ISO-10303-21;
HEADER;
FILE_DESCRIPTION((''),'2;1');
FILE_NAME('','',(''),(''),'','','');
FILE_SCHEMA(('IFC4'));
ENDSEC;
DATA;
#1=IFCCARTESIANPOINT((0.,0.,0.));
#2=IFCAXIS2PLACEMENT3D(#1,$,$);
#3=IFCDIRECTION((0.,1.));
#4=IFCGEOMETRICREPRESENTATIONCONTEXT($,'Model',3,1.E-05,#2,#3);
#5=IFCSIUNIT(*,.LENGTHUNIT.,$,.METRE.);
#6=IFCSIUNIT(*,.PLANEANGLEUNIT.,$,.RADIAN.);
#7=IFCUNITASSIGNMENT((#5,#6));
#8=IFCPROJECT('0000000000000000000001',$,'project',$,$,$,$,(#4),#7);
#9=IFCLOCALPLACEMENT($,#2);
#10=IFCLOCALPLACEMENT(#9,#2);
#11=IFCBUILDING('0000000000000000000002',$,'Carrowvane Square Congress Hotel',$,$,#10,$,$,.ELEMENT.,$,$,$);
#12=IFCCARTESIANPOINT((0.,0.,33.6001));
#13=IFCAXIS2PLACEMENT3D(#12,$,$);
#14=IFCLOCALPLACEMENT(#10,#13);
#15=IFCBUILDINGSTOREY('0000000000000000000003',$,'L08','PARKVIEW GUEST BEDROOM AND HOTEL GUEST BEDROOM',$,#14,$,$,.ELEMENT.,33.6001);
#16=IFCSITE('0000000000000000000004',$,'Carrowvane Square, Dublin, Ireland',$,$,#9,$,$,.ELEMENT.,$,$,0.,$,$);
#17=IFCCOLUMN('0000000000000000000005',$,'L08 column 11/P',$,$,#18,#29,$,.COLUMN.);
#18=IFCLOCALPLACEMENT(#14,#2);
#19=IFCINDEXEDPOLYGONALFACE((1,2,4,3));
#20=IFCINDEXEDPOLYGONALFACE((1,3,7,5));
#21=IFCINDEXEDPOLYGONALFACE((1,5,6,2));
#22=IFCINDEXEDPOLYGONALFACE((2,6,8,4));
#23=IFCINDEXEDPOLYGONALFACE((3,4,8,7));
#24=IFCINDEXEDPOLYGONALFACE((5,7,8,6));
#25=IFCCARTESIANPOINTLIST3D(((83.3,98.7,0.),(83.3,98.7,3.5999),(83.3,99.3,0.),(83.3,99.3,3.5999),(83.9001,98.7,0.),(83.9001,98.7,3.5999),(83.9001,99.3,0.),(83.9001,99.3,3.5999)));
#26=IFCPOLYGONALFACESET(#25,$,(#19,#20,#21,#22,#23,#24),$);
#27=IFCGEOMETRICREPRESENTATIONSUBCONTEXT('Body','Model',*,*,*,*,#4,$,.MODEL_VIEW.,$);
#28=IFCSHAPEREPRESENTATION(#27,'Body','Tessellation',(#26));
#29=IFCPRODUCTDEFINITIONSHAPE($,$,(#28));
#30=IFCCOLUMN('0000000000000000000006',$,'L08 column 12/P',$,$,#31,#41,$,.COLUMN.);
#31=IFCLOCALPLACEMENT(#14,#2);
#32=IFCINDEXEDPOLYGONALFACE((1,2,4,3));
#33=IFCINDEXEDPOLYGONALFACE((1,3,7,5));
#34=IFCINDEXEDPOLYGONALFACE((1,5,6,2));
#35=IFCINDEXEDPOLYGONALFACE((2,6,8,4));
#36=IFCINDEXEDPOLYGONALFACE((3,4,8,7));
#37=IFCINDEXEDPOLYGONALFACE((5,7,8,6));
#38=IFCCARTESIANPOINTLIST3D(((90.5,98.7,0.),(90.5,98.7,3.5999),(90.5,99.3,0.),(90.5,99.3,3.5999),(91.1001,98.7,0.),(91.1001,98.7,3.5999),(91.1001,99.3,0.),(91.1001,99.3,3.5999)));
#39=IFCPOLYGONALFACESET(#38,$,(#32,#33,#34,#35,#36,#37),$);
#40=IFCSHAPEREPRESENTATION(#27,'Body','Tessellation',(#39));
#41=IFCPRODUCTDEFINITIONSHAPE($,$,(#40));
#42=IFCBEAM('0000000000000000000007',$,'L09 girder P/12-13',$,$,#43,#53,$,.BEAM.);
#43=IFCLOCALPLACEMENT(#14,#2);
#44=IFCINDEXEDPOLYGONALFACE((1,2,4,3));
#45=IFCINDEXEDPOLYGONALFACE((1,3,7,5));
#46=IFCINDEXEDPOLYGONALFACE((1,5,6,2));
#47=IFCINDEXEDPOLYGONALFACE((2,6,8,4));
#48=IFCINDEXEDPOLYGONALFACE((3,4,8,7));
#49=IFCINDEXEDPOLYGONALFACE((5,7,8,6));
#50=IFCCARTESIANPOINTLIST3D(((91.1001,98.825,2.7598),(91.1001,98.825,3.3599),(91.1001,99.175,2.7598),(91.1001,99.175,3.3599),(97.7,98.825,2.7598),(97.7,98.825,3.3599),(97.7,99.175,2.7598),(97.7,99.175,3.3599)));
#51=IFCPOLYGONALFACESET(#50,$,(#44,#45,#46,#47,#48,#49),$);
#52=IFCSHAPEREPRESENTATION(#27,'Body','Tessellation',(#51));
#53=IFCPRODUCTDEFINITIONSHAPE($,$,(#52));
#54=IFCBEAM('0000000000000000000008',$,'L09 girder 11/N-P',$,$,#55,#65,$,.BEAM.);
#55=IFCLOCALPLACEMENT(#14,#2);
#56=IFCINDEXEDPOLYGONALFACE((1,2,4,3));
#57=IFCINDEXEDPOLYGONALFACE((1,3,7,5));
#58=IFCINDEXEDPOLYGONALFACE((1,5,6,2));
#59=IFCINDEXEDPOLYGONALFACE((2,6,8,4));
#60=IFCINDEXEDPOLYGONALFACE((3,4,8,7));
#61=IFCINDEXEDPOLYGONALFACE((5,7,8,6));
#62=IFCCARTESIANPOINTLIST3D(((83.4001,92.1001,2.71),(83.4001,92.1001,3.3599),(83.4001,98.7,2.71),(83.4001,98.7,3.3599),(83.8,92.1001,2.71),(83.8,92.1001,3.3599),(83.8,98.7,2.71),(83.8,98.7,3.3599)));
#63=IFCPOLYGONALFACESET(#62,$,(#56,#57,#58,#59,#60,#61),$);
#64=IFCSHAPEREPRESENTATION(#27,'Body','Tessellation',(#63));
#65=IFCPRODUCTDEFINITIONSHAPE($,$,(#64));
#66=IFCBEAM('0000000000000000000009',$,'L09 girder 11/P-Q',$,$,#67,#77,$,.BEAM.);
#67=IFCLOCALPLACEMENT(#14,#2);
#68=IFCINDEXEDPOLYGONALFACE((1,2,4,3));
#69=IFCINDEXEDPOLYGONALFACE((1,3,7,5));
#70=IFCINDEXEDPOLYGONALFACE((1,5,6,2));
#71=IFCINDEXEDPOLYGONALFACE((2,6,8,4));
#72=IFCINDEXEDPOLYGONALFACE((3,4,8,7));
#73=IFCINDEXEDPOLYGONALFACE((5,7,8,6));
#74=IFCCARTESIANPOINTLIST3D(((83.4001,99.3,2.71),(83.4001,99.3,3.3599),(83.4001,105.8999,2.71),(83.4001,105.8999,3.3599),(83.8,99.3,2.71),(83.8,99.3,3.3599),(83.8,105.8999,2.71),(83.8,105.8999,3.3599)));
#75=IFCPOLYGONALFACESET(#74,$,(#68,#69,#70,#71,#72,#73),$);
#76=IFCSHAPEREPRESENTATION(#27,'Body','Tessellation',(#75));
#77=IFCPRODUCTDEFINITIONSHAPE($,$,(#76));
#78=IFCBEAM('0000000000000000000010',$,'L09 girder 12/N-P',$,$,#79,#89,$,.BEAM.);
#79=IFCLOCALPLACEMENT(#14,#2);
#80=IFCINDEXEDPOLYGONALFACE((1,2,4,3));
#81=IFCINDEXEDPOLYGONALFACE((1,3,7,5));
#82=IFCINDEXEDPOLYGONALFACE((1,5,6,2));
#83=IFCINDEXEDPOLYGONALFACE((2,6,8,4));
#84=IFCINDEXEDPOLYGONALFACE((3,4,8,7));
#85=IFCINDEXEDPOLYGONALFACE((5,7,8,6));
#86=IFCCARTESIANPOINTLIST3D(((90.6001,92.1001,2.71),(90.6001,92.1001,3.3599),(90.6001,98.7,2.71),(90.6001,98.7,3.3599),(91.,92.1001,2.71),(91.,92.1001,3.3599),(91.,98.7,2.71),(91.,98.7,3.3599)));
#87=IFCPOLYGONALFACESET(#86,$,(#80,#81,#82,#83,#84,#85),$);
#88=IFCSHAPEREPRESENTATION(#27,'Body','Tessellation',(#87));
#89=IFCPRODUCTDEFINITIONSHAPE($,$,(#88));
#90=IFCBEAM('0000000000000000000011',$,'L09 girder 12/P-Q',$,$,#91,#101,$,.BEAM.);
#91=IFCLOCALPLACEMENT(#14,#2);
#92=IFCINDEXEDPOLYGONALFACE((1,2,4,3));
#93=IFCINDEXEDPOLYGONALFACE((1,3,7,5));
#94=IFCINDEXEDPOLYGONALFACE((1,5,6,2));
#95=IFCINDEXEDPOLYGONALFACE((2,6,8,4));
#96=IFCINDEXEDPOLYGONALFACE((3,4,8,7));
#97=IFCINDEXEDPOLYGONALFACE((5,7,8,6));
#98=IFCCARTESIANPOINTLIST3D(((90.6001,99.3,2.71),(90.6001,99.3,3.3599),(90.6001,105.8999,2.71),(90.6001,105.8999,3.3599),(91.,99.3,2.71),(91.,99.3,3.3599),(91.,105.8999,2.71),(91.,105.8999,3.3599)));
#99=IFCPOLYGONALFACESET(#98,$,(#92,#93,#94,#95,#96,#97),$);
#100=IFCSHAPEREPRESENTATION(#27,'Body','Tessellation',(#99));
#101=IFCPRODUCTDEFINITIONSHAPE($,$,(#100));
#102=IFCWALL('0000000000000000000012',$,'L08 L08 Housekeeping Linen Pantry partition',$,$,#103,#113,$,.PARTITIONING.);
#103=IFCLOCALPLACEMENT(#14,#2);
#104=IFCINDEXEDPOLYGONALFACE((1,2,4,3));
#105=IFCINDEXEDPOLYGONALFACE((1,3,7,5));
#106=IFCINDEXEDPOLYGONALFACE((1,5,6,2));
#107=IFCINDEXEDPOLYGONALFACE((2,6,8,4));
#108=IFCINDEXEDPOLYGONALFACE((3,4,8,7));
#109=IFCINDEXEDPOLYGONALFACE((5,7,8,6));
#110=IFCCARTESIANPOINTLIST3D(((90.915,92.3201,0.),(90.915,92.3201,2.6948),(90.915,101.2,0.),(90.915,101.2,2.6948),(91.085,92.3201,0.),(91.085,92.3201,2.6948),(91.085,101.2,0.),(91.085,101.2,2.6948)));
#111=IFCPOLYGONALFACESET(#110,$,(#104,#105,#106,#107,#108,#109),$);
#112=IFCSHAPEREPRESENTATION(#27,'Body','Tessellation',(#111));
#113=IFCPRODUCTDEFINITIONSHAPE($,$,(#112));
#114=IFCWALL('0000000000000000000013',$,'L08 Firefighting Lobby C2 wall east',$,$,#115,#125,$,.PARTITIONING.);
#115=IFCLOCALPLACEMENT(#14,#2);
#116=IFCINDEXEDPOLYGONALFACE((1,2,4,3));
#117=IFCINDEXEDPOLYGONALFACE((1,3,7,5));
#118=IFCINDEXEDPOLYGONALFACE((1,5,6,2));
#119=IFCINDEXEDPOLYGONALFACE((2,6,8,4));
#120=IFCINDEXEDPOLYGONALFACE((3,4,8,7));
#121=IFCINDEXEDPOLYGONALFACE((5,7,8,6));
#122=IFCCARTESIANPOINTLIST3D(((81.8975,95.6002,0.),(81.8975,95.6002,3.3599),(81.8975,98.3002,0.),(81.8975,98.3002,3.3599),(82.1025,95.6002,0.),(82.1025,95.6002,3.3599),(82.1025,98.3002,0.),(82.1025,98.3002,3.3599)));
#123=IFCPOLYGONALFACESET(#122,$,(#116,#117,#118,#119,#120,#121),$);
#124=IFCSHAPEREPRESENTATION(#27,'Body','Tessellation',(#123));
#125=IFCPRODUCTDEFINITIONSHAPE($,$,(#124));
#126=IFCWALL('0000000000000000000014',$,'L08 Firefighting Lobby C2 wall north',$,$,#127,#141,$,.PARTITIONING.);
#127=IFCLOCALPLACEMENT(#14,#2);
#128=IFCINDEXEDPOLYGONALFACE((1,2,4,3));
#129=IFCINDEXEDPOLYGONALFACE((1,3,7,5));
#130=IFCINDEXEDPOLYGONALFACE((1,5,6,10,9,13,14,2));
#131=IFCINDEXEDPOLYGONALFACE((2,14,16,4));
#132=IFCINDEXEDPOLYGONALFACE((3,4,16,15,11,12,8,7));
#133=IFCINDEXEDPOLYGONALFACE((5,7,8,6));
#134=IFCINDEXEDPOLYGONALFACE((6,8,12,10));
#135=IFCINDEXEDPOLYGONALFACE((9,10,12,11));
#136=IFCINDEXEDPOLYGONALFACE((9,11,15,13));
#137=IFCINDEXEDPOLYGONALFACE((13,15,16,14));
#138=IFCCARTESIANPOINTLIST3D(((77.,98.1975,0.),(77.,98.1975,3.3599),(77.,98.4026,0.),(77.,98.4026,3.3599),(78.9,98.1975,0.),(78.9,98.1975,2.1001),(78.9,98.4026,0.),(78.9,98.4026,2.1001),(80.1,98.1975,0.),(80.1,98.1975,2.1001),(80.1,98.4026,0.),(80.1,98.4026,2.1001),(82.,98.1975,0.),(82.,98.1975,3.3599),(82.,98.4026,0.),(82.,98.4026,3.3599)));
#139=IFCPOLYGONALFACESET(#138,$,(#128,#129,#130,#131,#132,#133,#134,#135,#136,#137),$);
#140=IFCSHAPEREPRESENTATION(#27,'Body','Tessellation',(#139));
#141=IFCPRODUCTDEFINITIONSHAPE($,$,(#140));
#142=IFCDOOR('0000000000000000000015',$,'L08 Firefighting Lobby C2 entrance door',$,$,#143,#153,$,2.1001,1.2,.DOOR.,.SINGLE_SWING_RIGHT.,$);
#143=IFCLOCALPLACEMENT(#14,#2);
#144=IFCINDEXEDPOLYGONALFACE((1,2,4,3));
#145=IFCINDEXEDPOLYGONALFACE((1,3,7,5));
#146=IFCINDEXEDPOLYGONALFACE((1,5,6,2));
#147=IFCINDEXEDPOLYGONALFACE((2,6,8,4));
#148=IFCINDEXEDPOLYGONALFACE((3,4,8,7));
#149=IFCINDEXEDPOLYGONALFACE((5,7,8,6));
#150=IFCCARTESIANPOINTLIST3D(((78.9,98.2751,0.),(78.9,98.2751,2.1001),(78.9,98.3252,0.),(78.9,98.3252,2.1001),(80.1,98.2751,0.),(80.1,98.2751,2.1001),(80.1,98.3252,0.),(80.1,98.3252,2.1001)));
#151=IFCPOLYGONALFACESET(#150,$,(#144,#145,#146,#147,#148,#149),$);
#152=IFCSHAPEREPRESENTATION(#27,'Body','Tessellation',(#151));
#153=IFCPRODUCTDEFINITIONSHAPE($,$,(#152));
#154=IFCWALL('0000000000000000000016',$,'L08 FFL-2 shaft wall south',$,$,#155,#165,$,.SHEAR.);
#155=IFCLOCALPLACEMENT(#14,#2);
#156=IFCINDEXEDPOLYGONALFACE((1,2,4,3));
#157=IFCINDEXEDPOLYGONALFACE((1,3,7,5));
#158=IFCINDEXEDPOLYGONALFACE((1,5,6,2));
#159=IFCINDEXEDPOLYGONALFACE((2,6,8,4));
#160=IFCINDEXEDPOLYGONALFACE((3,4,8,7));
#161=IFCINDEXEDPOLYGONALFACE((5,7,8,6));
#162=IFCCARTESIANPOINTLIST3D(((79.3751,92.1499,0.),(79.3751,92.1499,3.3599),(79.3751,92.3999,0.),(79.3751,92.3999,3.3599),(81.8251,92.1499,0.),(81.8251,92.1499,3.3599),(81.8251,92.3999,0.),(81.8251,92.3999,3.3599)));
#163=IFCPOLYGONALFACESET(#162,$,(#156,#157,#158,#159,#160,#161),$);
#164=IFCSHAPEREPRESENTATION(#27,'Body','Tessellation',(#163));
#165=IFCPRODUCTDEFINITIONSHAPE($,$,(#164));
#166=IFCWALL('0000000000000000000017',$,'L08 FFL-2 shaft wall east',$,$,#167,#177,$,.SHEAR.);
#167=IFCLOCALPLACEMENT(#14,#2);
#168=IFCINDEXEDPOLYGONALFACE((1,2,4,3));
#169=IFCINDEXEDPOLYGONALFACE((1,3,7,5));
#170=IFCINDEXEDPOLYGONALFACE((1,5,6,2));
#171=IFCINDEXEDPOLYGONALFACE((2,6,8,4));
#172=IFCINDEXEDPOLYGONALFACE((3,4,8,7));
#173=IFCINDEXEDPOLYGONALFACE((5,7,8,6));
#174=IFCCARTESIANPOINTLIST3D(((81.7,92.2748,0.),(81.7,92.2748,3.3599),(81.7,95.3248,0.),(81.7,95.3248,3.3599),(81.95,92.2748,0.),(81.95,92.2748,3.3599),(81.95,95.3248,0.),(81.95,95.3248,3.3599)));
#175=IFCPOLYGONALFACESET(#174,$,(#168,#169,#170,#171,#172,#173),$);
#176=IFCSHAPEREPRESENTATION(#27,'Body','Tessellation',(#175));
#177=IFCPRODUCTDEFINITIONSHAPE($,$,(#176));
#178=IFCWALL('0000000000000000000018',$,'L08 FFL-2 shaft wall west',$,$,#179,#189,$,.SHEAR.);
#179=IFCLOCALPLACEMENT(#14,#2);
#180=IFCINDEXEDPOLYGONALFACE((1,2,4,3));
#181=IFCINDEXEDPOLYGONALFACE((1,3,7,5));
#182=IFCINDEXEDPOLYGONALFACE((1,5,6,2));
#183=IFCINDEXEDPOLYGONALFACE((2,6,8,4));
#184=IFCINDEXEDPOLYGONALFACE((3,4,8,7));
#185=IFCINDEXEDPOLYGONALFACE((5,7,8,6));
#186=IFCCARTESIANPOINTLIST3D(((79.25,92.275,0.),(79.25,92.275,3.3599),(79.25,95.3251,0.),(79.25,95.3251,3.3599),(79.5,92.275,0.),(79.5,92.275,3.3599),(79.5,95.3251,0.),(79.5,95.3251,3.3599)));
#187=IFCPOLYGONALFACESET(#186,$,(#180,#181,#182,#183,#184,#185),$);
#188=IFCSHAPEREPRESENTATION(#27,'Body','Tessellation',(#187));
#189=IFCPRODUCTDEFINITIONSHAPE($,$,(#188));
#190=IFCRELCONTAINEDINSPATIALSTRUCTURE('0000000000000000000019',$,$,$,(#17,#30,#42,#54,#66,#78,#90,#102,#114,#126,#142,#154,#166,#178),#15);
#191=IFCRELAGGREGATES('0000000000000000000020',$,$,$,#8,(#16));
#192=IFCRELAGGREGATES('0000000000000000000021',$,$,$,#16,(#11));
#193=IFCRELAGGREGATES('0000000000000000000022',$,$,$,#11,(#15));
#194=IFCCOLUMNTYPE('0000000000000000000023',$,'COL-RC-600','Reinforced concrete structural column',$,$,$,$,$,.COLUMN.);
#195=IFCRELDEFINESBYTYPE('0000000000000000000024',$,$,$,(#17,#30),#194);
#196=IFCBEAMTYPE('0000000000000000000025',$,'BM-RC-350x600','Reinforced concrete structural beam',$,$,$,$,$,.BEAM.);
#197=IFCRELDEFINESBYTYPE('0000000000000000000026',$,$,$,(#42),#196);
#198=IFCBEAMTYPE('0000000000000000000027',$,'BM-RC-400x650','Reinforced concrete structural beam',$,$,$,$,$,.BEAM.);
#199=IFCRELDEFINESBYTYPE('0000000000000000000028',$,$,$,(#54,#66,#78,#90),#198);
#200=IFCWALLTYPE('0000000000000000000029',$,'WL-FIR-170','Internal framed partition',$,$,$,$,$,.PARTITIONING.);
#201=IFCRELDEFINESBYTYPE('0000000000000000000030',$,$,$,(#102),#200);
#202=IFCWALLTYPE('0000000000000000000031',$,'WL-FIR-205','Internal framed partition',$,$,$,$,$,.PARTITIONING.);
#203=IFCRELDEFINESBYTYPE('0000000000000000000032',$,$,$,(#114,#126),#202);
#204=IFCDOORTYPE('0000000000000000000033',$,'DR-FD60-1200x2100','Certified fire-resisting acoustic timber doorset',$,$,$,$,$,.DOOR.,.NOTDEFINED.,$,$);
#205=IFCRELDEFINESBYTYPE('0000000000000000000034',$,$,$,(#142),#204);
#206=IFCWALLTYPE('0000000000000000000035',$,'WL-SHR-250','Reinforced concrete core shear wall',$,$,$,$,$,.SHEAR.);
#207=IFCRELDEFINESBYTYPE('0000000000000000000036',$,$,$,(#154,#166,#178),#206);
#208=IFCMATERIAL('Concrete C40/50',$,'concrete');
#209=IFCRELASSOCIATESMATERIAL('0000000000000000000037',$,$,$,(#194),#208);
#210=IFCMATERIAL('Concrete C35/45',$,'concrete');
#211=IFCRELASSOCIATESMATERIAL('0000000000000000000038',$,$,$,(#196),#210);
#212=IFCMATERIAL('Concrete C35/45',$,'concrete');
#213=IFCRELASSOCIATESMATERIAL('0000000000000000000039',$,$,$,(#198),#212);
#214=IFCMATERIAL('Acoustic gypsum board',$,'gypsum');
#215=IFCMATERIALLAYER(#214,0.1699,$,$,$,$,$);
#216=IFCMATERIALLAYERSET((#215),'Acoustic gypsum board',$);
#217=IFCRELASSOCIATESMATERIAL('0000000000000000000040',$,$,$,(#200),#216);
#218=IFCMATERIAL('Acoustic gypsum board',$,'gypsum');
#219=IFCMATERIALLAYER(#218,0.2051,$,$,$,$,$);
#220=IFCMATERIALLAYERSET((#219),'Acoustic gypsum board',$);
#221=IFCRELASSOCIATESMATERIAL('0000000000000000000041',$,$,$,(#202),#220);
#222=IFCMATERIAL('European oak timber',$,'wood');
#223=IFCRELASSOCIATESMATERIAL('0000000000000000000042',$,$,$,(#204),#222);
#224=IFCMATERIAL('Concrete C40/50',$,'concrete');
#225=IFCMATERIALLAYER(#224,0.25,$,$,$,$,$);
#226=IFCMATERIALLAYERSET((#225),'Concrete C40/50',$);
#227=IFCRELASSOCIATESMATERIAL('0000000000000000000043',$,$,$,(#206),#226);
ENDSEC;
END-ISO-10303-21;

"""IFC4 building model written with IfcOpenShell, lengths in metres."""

from ifc_helpers import new_model, si_unit, direction, frame, frame_2d, origin, origin_2d, place, context, subcontext, project, spatial, rectangle, extrude, material, layer, layer_set, material_profile, profile_set, type_object, element, fill, save


model = new_model("IFC4")

# Units and contexts
model_context = context("Model", 3, precision=1e-05, world=origin(), true_north=direction((0.0, 1.0)))
body_context = subcontext(model_context, "Body", "Model", "MODEL_VIEW")
ifc_project = project(units=[si_unit("LENGTHUNIT", "METRE"), si_unit("PLANEANGLEUNIT", "RADIAN")], contexts=[model_context])

# Site, building, storey
site_placement = place(None, origin())
site = spatial("IfcSite", under=ifc_project, at=site_placement, Name="Carrowvane Square, Dublin, Ireland", CompositionType="ELEMENT", RefElevation=0.0)
building_placement = place(site_placement, origin())
building = spatial("IfcBuilding", under=site, at=building_placement, Name="Carrowvane Square Congress Hotel", CompositionType="ELEMENT")
storey_placement = place(building_placement, frame((0.0, 0.0, 33.6001)))
storey = spatial("IfcBuildingStorey", under=building, at=storey_placement, Name="L08", Description="PARKVIEW GUEST BEDROOM AND HOTEL GUEST BEDROOM", CompositionType="ELEMENT", Elevation=33.6001)

# Columns
ifc_material_1 = material(Name="Concrete C40/50", Category="concrete")
ifc_material_profile_1 = material_profile(ifc_material_1, rectangle(XDim=0.6001, YDim=0.6001, at=origin_2d()), Name="RC 600x600")
ifc_profile_set_1 = profile_set([ifc_material_profile_1], Name="Concrete C40/50")
column_type = type_object("IfcColumnType", Name="COL-RC-600", Description="Reinforced concrete structural column", PredefinedType="COLUMN", material=ifc_profile_set_1)
for number, where, z_axis, x_axis, name in (
    (1, (83.6001, 99.0, 0.0), (0.0, 0.0, 1.0), (1.0, 0.0, 0.0), "L08 column 11/P"),
    (2, (90.8, 99.0, 0.0), (0.0, 0.0, 1.0), (1.0, 0.0, 0.0), "L08 column 12/P"),
):
    element("IfcColumn", number, at=place(storey_placement, frame(where, z_axis=z_axis, x_axis=x_axis)), inside=storey, type_object=column_type, Name=name, PredefinedType="COLUMN", context=body_context, shape_type="SweptSolid", body=[
        extrude(rectangle(XDim=0.6001, YDim=0.6001, at=origin_2d()), origin(), (0.0, 0.0, 1.0), 3.5999),
    ])

# Beams
ifc_material_2 = material(Name="Concrete C35/45", Category="concrete")
ifc_material_profile_2 = material_profile(ifc_material_2, rectangle(XDim=0.3501, YDim=0.6001, at=origin_2d()), Name="RC 350x600")
ifc_profile_set_2 = profile_set([ifc_material_profile_2], Name="Concrete C35/45")
beam_type_1 = type_object("IfcBeamType", Name="BM-RC-350x600", Description="Reinforced concrete structural beam", PredefinedType="BEAM", material=ifc_profile_set_2)
beam_placement = place(storey_placement, frame((91.1001, 99.0, 3.0598), z_axis=(1.0, 0.0, 0.0), x_axis=(0.0, 1.0, 0.0)))
element("IfcBeam", 3, at=beam_placement, inside=storey, type_object=beam_type_1, Name="L09 girder P/12-13", PredefinedType="BEAM", context=body_context, shape_type="SweptSolid", body=[
    extrude(rectangle(XDim=0.3501, YDim=0.6001, at=origin_2d()), origin(), (0.0, 0.0, 1.0), 6.5999),
])
ifc_material_3 = material(Name="Concrete C35/45", Category="concrete")
ifc_material_profile_3 = material_profile(ifc_material_3, rectangle(XDim=0.3999, YDim=0.6499, at=origin_2d()), Name="RC 400x650")
ifc_profile_set_3 = profile_set([ifc_material_profile_3], Name="Concrete C35/45")
beam_type_2 = type_object("IfcBeamType", Name="BM-RC-400x650", Description="Reinforced concrete structural beam", PredefinedType="BEAM", material=ifc_profile_set_3)
for number, where, z_axis, x_axis, name in (
    (4, (83.6001, 92.1001, 3.0349), (0.0, 1.0, 0.0), (-1.0, 0.0, 0.0), "L09 girder 11/N-P"),
    (5, (83.6001, 99.3, 3.0349), (0.0, 1.0, 0.0), (-1.0, 0.0, 0.0), "L09 girder 11/P-Q"),
    (6, (90.8, 92.1001, 3.0349), (0.0, 1.0, 0.0), (-1.0, 0.0, 0.0), "L09 girder 12/N-P"),
    (7, (90.8, 99.3, 3.0349), (0.0, 1.0, 0.0), (-1.0, 0.0, 0.0), "L09 girder 12/P-Q"),
):
    element("IfcBeam", number, at=place(storey_placement, frame(where, z_axis=z_axis, x_axis=x_axis)), inside=storey, type_object=beam_type_2, Name=name, PredefinedType="BEAM", context=body_context, shape_type="SweptSolid", body=[
        extrude(rectangle(XDim=0.3999, YDim=0.6499, at=origin_2d()), origin(), (0.0, 0.0, 1.0), 6.5999),
    ])

# Walls
ifc_material_4 = material(Name="Acoustic gypsum board", Category="gypsum")
ifc_layer_1 = layer(ifc_material_4, 0.1699)
ifc_layer_set_1 = layer_set([ifc_layer_1], Name="Acoustic gypsum board")
wall_type_1 = type_object("IfcWallType", Name="WL-FIR-170", Description="Internal framed partition", PredefinedType="PARTITIONING", material=ifc_layer_set_1)
wall_1_placement = place(storey_placement, frame((91.0, 92.3201, 0.0), z_axis=(0.0, 0.0, 1.0), x_axis=(0.0, 1.0, 0.0)))
element("IfcWall", 8, at=wall_1_placement, inside=storey, type_object=wall_type_1, Name="L08 L08 Housekeeping Linen Pantry partition", PredefinedType="PARTITIONING", context=body_context, shape_type="SweptSolid", body=[
    extrude(rectangle(XDim=8.8799, YDim=0.1699, at=frame_2d((4.4399, 0.0))), origin(), (0.0, 0.0, 1.0), 2.6948),
])
ifc_material_5 = material(Name="Acoustic gypsum board", Category="gypsum")
ifc_layer_2 = layer(ifc_material_5, 0.2051)
ifc_layer_set_2 = layer_set([ifc_layer_2], Name="Acoustic gypsum board")
wall_type_2 = type_object("IfcWallType", Name="WL-FIR-205", Description="Internal framed partition", PredefinedType="PARTITIONING", material=ifc_layer_set_2)
wall_2_placement = place(storey_placement, frame((82.0, 95.6001, 0.0), z_axis=(0.0, 0.0, 1.0), x_axis=(0.0, 1.0, 0.0)))
element("IfcWall", 9, at=wall_2_placement, inside=storey, type_object=wall_type_2, Name="L08 Firefighting Lobby C2 wall east", PredefinedType="PARTITIONING", context=body_context, shape_type="SweptSolid", body=[
    extrude(rectangle(XDim=2.7, YDim=0.2051, at=frame_2d((1.3501, 0.0))), origin(), (0.0, 0.0, 1.0), 3.3599),
])

# Wall, opening, door
wall_3_placement = place(storey_placement, frame((82.0, 98.3, 0.0), z_axis=(0.0, 0.0, 1.0), x_axis=(-1.0, 0.0, 0.0)))
wall_3 = element("IfcWall", 10, at=wall_3_placement, inside=storey, type_object=wall_type_2, Name="L08 Firefighting Lobby C2 wall north", PredefinedType="PARTITIONING", context=body_context, shape_type="SweptSolid", body=[
    extrude(rectangle(XDim=5.0, YDim=0.2051, at=frame_2d((2.5, 0.0))), origin(), (0.0, 0.0, 1.0), 3.3599),
])
opening_1_placement = place(wall_3_placement, frame((1.8999, 0.0, 0.0)))
opening_1 = element("IfcOpeningElement", 11, at=opening_1_placement, cuts=wall_3, PredefinedType="OPENING", context=body_context, shape_type="SweptSolid", body=[
    extrude(rectangle(XDim=1.2, YDim=2.1001, at=frame_2d((0.6001, 1.05))), frame((0.0, 0.1125, 0.0), z_axis=(0.0, -1.0, 0.0), x_axis=(1.0, 0.0, 0.0)), (0.0, 0.0, 1.0), 0.2251),
])
ifc_material_6 = material(Name="European oak timber", Category="wood")
door_type_1 = type_object("IfcDoorType", Name="DR-FD60-1200x2100", Description="Certified fire-resisting acoustic timber doorset", OperationType="NOTDEFINED", PredefinedType="DOOR", material=ifc_material_6)
door_1_placement = place(opening_1_placement, origin())
door_1 = element("IfcDoor", 12, at=door_1_placement, inside=storey, type_object=door_type_1, Name="L08 Firefighting Lobby C2 entrance door", OperationType="SINGLE_SWING_RIGHT", OverallHeight=2.1001, OverallWidth=1.2, PredefinedType="DOOR", context=body_context, shape_type="SweptSolid", body=[
    extrude(rectangle(XDim=1.2, YDim=2.1001, at=frame_2d((0.6001, 1.05))), frame((0.0, 0.0249, 0.0), z_axis=(0.0, -1.0, 0.0), x_axis=(1.0, 0.0, 0.0)), (0.0, 0.0, 1.0), 0.05),
])
fill(opening_1, door_1)

# Walls
ifc_material_7 = material(Name="Concrete C40/50", Category="concrete")
ifc_layer_3 = layer(ifc_material_7, 0.25)
ifc_layer_set_3 = layer_set([ifc_layer_3], Name="Concrete C40/50")
wall_type_3 = type_object("IfcWallType", Name="WL-SHR-250", Description="Reinforced concrete core shear wall", PredefinedType="SHEAR", material=ifc_layer_set_3)
wall_4_placement = place(storey_placement, frame((79.375, 92.2749, 0.0), z_axis=(0.0, 0.0, 1.0), x_axis=(1.0, 0.0, 0.0)))
element("IfcWall", 13, at=wall_4_placement, inside=storey, type_object=wall_type_3, Name="L08 FFL-2 shaft wall south", PredefinedType="SHEAR", context=body_context, shape_type="SweptSolid", body=[
    extrude(rectangle(XDim=2.45, YDim=0.25, at=frame_2d((1.2251, 0.0))), origin(), (0.0, 0.0, 1.0), 3.3599),
])
wall_5_placement = place(storey_placement, frame((81.825, 92.2749, 0.0), z_axis=(0.0, 0.0, 1.0), x_axis=(0.0, 1.0, 0.0)))
element("IfcWall", 14, at=wall_5_placement, inside=storey, type_object=wall_type_3, Name="L08 FFL-2 shaft wall east", PredefinedType="SHEAR", context=body_context, shape_type="SweptSolid", body=[
    extrude(rectangle(XDim=3.05, YDim=0.25, at=frame_2d((1.5249, 0.0))), origin(), (0.0, 0.0, 1.0), 3.3599),
])

# Wall
wall_6_placement = place(storey_placement, frame((79.375, 95.325, 0.0), z_axis=(0.0, 0.0, 1.0), x_axis=(0.0, -1.0, 0.0)))
element("IfcWall", 15, at=wall_6_placement, inside=storey, type_object=wall_type_3, Name="L08 FFL-2 shaft wall west", PredefinedType="SHEAR", context=body_context, shape_type="SweptSolid", body=[
    extrude(rectangle(XDim=3.05, YDim=0.25, at=frame_2d((1.5249, 0.0))), origin(), (0.0, 0.0, 1.0), 3.3599),
])

save(model, "model.ifc")
